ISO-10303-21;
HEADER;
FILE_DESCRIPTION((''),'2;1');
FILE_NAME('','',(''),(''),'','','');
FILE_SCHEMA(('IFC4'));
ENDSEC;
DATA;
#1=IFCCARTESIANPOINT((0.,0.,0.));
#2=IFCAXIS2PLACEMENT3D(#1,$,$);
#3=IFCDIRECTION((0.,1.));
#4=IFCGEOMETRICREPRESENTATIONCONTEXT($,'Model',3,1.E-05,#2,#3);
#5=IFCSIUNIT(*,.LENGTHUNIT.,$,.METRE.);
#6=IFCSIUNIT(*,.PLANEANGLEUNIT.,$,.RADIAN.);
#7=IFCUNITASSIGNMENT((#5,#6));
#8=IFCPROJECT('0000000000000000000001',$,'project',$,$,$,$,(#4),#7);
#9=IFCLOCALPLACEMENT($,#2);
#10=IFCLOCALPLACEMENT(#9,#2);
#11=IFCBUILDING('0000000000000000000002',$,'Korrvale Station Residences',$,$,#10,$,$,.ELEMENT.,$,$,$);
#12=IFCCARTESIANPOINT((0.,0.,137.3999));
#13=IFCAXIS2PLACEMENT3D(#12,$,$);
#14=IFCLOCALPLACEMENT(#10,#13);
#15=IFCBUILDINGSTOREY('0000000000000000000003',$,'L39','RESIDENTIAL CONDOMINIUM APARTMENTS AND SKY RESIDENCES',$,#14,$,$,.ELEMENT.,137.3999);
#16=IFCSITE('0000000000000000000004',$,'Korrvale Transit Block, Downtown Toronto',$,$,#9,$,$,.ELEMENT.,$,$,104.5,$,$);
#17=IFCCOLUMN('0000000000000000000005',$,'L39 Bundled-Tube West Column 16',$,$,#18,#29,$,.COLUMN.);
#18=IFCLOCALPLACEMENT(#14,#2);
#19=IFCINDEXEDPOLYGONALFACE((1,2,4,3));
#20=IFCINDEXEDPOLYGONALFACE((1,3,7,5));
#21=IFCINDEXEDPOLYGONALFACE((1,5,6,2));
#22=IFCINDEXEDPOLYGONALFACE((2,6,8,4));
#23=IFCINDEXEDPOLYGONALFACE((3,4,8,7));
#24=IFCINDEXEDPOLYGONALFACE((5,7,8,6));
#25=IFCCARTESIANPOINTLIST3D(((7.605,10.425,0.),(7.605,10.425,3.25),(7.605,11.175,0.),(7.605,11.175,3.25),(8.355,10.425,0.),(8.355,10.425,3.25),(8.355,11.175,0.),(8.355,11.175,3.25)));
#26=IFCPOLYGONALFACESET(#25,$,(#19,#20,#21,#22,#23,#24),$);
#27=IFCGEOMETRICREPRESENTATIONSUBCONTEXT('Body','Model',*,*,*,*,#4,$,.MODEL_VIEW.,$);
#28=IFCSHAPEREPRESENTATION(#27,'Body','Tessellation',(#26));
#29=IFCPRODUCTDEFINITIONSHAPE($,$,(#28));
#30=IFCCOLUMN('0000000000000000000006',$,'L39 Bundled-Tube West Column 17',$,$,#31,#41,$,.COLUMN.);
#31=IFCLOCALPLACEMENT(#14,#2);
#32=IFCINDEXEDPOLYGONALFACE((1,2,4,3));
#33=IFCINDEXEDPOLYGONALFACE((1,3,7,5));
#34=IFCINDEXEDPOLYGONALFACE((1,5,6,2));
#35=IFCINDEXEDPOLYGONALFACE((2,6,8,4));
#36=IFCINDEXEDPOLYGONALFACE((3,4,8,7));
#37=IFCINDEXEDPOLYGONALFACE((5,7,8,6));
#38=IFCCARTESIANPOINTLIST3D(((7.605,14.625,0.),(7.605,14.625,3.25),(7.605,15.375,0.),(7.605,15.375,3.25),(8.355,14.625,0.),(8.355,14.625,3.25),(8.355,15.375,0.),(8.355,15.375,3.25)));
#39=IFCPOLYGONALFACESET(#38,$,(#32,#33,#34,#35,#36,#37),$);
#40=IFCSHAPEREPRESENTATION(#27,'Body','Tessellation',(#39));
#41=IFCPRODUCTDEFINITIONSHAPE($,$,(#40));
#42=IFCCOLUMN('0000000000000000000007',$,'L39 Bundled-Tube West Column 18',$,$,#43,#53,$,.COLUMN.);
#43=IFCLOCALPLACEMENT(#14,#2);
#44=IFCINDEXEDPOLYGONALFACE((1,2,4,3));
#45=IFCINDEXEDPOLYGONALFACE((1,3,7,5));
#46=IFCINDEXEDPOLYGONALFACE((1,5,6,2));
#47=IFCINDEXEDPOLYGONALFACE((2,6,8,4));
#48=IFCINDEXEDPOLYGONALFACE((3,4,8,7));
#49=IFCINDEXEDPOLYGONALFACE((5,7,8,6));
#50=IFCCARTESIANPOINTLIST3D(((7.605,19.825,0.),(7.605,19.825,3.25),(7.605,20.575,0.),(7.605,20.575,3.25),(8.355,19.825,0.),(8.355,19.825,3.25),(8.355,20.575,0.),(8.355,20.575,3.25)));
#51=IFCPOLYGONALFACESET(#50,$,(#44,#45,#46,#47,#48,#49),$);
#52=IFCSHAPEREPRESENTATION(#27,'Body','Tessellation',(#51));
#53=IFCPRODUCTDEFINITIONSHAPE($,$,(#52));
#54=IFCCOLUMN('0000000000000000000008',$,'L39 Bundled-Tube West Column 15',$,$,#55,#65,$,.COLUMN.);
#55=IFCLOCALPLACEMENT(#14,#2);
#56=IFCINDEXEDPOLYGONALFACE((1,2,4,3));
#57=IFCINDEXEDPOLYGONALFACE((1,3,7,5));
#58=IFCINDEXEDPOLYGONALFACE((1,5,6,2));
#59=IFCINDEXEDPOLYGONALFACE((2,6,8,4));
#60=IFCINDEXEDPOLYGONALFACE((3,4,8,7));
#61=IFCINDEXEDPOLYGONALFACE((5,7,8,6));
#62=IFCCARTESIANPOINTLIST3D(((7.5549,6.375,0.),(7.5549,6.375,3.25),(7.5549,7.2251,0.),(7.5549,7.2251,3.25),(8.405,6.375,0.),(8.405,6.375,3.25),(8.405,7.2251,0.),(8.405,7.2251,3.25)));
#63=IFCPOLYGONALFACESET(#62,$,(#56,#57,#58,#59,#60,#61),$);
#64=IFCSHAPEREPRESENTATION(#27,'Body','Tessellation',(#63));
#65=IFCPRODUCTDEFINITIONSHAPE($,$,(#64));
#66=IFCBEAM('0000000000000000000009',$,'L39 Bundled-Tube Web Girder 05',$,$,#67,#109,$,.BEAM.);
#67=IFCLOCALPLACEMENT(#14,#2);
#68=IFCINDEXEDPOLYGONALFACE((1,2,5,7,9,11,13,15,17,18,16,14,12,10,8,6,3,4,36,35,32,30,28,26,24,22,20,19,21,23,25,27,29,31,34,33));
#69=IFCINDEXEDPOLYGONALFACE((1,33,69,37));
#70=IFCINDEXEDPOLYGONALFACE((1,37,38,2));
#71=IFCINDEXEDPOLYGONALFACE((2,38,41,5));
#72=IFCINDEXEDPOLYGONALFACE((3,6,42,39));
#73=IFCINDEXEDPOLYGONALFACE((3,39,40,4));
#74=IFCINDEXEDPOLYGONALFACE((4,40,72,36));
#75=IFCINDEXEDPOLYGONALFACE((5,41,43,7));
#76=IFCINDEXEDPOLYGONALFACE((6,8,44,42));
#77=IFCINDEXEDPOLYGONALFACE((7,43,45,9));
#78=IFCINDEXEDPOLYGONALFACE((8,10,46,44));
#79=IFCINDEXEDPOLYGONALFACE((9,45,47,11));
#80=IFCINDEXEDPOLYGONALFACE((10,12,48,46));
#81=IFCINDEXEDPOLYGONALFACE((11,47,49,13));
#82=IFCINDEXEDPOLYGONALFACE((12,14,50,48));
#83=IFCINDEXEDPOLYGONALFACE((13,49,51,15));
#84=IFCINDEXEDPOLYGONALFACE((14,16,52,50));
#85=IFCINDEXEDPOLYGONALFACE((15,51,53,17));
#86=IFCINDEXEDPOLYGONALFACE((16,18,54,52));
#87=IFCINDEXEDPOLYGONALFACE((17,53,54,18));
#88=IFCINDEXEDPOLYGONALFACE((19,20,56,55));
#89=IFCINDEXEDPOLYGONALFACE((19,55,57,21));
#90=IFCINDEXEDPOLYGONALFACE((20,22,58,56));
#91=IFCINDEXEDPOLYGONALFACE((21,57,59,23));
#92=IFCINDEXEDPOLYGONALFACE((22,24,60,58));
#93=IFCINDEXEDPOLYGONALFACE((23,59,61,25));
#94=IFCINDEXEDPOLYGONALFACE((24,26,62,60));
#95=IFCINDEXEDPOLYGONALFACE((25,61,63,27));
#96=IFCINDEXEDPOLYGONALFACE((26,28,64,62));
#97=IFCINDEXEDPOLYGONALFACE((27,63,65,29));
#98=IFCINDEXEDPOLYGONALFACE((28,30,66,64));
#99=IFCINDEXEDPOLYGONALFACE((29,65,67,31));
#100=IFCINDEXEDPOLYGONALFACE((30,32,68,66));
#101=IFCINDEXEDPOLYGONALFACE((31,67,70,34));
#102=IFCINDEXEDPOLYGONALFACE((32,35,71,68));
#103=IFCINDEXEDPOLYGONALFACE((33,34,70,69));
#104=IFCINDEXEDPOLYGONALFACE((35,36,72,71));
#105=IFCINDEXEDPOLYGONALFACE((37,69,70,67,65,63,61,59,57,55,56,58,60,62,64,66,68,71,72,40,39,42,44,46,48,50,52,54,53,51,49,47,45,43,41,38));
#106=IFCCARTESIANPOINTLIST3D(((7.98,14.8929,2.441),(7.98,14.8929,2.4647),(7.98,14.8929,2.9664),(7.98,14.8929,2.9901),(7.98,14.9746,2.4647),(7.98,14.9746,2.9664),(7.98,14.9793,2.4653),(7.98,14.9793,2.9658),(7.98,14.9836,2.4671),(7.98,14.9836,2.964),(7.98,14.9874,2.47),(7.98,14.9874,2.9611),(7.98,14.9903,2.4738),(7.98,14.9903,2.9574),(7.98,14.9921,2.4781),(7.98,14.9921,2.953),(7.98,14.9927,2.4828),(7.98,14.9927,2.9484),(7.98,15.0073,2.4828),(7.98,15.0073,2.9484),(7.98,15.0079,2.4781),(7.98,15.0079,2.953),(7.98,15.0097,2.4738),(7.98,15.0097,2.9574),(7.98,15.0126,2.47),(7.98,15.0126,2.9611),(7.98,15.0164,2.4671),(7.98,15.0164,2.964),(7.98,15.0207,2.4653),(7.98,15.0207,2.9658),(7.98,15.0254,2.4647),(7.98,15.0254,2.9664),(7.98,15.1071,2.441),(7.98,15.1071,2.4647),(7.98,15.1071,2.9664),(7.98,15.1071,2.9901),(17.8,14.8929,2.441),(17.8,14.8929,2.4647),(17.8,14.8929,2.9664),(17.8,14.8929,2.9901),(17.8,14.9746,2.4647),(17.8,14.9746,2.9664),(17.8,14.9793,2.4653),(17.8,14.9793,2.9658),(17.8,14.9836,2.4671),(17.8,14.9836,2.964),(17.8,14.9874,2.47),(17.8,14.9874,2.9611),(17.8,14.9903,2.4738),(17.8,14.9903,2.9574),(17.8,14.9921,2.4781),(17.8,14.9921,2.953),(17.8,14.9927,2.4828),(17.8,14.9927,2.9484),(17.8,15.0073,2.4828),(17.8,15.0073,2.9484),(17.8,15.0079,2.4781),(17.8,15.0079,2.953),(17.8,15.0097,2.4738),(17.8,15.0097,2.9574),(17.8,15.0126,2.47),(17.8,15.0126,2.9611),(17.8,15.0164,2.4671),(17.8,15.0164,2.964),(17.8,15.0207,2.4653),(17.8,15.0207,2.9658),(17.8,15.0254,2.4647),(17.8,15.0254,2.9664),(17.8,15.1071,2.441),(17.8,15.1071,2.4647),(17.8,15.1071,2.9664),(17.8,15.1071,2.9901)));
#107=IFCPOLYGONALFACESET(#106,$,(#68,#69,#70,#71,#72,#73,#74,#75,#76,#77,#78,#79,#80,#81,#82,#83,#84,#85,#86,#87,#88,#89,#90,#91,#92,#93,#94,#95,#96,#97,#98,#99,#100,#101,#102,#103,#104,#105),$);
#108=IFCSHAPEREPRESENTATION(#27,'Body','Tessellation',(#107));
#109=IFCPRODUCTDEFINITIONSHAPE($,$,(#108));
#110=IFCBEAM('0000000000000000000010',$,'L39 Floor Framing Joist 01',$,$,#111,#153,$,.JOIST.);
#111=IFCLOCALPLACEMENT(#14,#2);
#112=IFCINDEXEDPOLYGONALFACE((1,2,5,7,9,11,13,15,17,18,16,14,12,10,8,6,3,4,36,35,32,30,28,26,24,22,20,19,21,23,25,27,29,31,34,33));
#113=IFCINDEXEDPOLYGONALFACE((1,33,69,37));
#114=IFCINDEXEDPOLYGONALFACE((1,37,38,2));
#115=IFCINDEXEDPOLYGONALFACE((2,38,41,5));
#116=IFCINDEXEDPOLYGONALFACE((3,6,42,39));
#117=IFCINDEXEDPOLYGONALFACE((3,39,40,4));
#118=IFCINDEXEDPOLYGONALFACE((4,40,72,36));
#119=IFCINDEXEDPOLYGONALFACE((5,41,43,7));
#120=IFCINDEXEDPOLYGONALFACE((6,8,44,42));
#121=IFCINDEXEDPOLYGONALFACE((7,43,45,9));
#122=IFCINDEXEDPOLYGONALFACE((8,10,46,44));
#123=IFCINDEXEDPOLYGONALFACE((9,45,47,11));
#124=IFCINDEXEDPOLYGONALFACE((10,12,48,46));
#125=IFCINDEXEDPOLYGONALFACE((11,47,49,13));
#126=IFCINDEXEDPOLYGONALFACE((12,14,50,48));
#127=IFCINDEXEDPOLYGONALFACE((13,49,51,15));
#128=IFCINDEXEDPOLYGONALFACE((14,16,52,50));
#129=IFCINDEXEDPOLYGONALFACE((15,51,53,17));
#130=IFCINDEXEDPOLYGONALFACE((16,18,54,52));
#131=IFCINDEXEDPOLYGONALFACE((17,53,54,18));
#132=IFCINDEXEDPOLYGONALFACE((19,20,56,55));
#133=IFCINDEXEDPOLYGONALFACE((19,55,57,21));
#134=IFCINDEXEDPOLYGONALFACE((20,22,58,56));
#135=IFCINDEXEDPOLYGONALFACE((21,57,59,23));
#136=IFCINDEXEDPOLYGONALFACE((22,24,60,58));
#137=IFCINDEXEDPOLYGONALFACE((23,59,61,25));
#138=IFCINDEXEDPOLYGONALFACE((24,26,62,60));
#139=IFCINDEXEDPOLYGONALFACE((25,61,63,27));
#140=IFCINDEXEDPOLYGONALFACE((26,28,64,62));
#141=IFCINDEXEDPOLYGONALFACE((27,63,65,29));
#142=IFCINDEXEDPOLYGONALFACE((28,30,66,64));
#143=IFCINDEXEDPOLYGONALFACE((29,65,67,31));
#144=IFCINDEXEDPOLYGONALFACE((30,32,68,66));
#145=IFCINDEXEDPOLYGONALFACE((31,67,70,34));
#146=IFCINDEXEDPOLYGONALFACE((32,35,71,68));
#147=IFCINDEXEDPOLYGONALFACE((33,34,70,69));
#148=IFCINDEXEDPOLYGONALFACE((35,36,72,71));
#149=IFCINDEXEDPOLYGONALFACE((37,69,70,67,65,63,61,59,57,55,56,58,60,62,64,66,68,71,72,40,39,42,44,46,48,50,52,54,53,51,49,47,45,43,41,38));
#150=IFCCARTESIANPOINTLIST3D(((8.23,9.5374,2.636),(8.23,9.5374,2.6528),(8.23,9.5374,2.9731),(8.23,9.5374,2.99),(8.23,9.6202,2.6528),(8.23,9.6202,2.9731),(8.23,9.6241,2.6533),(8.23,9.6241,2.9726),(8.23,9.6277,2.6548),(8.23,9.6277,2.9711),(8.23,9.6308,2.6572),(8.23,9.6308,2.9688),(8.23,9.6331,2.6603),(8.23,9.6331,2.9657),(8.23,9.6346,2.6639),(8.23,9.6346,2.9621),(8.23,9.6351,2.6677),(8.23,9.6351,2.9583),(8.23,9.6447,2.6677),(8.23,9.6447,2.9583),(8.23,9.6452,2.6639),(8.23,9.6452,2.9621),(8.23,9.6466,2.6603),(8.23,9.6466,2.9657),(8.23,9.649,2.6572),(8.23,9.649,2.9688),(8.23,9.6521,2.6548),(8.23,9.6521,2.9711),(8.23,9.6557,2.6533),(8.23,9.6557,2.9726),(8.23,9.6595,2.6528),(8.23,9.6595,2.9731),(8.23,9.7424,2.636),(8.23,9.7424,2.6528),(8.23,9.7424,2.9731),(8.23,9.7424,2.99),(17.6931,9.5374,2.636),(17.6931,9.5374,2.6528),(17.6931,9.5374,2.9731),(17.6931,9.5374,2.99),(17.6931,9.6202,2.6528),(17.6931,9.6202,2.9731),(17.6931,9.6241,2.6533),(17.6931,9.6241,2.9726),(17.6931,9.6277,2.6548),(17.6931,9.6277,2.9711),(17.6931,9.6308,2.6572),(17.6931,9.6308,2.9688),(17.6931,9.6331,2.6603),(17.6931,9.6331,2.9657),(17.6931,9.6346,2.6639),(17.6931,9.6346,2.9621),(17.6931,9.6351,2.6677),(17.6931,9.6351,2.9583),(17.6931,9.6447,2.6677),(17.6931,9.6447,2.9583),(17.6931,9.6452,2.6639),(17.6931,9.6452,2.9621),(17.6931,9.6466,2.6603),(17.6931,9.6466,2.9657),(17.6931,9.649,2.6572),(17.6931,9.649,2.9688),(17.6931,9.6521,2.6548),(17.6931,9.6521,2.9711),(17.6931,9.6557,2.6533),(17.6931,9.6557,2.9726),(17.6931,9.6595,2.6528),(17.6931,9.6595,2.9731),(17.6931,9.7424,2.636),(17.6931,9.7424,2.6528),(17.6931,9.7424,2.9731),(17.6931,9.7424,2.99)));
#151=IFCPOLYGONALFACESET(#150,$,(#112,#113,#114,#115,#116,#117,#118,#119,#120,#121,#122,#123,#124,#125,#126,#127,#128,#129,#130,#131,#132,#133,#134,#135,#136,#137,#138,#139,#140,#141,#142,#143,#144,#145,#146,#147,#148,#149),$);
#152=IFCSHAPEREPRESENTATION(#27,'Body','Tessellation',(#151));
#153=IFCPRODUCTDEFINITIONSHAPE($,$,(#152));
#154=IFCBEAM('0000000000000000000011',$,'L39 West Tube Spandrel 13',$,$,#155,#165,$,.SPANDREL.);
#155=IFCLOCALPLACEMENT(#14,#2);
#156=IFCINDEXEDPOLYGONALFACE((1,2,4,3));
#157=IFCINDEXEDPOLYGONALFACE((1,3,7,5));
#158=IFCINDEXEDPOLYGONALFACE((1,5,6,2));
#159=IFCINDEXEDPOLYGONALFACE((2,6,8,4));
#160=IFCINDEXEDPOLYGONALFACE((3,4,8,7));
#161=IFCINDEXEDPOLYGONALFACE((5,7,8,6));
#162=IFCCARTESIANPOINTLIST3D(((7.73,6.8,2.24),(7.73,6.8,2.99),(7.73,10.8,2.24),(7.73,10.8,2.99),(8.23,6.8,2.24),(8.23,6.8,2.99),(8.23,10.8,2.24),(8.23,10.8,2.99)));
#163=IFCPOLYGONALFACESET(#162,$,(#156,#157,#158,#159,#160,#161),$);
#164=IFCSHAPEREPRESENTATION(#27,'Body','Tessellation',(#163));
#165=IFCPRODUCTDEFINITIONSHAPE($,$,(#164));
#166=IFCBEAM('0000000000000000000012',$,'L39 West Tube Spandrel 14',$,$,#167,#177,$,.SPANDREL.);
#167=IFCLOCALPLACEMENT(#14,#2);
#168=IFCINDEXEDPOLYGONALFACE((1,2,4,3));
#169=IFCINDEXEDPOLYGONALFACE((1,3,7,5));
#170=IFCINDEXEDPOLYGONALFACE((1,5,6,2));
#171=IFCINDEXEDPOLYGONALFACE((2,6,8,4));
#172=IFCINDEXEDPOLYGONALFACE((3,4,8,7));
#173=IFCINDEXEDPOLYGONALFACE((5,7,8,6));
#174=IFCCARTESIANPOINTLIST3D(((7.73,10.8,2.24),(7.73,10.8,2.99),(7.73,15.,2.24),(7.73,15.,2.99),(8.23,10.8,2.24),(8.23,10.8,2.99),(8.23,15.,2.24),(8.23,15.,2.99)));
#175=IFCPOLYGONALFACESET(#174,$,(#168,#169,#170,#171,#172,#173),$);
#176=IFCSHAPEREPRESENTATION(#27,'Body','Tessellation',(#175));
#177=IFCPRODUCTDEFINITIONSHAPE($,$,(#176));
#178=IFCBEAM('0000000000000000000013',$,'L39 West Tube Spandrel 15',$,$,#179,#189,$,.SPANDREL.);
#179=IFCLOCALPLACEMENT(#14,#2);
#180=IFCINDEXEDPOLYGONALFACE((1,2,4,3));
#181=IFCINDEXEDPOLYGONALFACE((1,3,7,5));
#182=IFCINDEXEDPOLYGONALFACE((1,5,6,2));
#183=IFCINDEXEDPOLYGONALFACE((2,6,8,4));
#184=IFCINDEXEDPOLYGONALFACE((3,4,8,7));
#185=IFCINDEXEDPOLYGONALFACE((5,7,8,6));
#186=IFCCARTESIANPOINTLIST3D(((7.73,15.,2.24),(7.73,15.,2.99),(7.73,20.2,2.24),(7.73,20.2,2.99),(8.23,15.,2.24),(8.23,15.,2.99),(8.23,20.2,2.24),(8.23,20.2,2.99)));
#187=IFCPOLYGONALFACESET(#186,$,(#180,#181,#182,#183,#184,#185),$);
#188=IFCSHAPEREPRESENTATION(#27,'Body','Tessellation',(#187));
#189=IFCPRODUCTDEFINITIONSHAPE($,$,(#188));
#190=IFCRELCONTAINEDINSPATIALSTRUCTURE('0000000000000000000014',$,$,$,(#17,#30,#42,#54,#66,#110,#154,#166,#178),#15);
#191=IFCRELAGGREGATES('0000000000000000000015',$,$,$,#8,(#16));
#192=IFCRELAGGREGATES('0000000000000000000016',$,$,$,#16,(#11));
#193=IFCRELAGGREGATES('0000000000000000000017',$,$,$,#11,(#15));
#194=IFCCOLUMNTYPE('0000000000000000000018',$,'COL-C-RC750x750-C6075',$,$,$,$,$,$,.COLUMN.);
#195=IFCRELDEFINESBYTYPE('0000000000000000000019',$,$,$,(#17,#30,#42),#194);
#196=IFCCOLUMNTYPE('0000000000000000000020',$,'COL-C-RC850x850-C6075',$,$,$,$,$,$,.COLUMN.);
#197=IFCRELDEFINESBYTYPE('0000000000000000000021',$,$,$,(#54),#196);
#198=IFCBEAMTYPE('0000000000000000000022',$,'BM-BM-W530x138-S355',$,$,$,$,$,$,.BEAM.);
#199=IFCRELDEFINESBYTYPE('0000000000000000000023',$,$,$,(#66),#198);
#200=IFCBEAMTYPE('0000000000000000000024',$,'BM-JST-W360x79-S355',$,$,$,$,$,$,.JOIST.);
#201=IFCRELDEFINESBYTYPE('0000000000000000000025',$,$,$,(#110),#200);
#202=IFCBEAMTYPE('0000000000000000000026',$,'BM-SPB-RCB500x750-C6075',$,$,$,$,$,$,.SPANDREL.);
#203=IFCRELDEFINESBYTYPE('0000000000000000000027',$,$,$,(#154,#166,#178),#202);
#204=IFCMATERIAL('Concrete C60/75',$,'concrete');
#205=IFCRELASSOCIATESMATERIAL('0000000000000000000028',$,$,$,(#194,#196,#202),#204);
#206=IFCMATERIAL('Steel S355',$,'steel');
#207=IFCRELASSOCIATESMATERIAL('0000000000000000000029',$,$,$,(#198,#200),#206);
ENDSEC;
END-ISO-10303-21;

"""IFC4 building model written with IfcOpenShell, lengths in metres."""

from ifc_helpers import new_model, si_unit, direction, frame, origin, origin_2d, place, context, subcontext, project, spatial, rectangle, i_section, extrude, material, material_profile, profile_set, type_object, element, save


model = new_model("IFC4")

# Units and contexts
model_context = context("Model", 3, precision=1e-05, world=origin(), true_north=direction((0.0, 1.0)))
body_context = subcontext(model_context, "Body", "Model", "MODEL_VIEW")
ifc_project = project(units=[si_unit("LENGTHUNIT", "METRE"), si_unit("PLANEANGLEUNIT", "RADIAN")], contexts=[model_context])

# Site, building, storey
site_placement = place(None, origin())
site = spatial("IfcSite", under=ifc_project, at=site_placement, Name="Korrvale Transit Block, Downtown Toronto", CompositionType="ELEMENT", RefElevation=104.5)
building_placement = place(site_placement, origin())
building = spatial("IfcBuilding", under=site, at=building_placement, Name="Korrvale Station Residences", CompositionType="ELEMENT")
storey_placement = place(building_placement, frame((0.0, 0.0, 137.3999)))
storey = spatial("IfcBuildingStorey", under=building, at=storey_placement, Name="L39", Description="RESIDENTIAL CONDOMINIUM APARTMENTS AND SKY RESIDENCES", CompositionType="ELEMENT", Elevation=137.3999)

# Columns
ifc_material_1 = material(Name="Concrete C60/75", Category="concrete")
ifc_material_profile_1 = material_profile(ifc_material_1, rectangle(XDim=0.75, YDim=0.75, at=origin_2d()), Name="RC750x750")
ifc_profile_set_1 = profile_set([ifc_material_profile_1], Name="Concrete C60/75")
column_type_1 = type_object("IfcColumnType", Name="COL-C-RC750x750-C6075", PredefinedType="COLUMN", material=ifc_profile_set_1)
for number, where, z_axis, x_axis, name in (
    (1, (7.98, 10.8, 0.0), (0.0, 0.0, 1.0), (1.0, 0.0, 0.0), "L39 Bundled-Tube West Column 16"),
    (2, (7.98, 15.0, 0.0), (0.0, 0.0, 1.0), (1.0, 0.0, 0.0), "L39 Bundled-Tube West Column 17"),
    (3, (7.98, 20.2, 0.0), (0.0, 0.0, 1.0), (1.0, 0.0, 0.0), "L39 Bundled-Tube West Column 18"),
):
    element("IfcColumn", number, at=place(storey_placement, frame(where, z_axis=z_axis, x_axis=x_axis)), inside=storey, type_object=column_type_1, Name=name, PredefinedType="COLUMN", context=body_context, shape_type="SweptSolid", body=[
        extrude(rectangle(XDim=0.75, YDim=0.75, at=origin_2d()), origin(), (0.0, 0.0, 1.0), 3.25),
    ])
ifc_material_profile_2 = material_profile(ifc_material_1, rectangle(XDim=0.8501, YDim=0.8501, at=origin_2d()), Name="RC850x850")
ifc_profile_set_2 = profile_set([ifc_material_profile_2], Name="Concrete C60/75")
column_type_2 = type_object("IfcColumnType", Name="COL-C-RC850x850-C6075", PredefinedType="COLUMN", material=ifc_profile_set_2)
column_placement = place(storey_placement, frame((7.98, 6.8, 0.0), z_axis=(0.0, 0.0, 1.0), x_axis=(1.0, 0.0, 0.0)))
element("IfcColumn", 4, at=column_placement, inside=storey, type_object=column_type_2, Name="L39 Bundled-Tube West Column 15", PredefinedType="COLUMN", context=body_context, shape_type="SweptSolid", body=[
    extrude(rectangle(XDim=0.8501, YDim=0.8501, at=origin_2d()), origin(), (0.0, 0.0, 1.0), 3.25),
])

# Beams
ifc_material_2 = material(Name="Steel S355", Category="steel")
ifc_material_profile_3 = material_profile(ifc_material_2, i_section(OverallWidth=0.2141, OverallDepth=0.5491, WebThickness=0.0146, FlangeThickness=0.0237, FilletRadius=0.0181, at=origin_2d()), Name="W530x138")
ifc_profile_set_3 = profile_set([ifc_material_profile_3], Name="Steel S355")
beam_type_1 = type_object("IfcBeamType", Name="BM-BM-W530x138-S355", PredefinedType="BEAM", material=ifc_profile_set_3)
beam_1_placement = place(storey_placement, frame((7.98, 15.0, 2.7156), z_axis=(1.0, 0.0, 0.0), x_axis=(0.0, 1.0, 0.0)))
element("IfcBeam", 5, at=beam_1_placement, inside=storey, type_object=beam_type_1, Name="L39 Bundled-Tube Web Girder 05", PredefinedType="BEAM", context=body_context, shape_type="SweptSolid", body=[
    extrude(i_section(OverallWidth=0.2141, OverallDepth=0.5491, WebThickness=0.0146, FlangeThickness=0.0237, FilletRadius=0.0181, at=origin_2d()), origin(), (0.0, 0.0, 1.0), 9.8201),
])
ifc_material_profile_4 = material_profile(ifc_material_2, i_section(OverallWidth=0.2051, OverallDepth=0.354, WebThickness=0.0095, FlangeThickness=0.0168, FilletRadius=0.0149, at=origin_2d()), Name="W360x79")
ifc_profile_set_4 = profile_set([ifc_material_profile_4], Name="Steel S355")
beam_type_2 = type_object("IfcBeamType", Name="BM-JST-W360x79-S355", PredefinedType="JOIST", material=ifc_profile_set_4)
beam_2_placement = place(storey_placement, frame((8.23, 9.6399, 2.813), z_axis=(1.0, 0.0, 0.0), x_axis=(0.0, 1.0, 0.0)))
element("IfcBeam", 6, at=beam_2_placement, inside=storey, type_object=beam_type_2, Name="L39 Floor Framing Joist 01", PredefinedType="JOIST", context=body_context, shape_type="SweptSolid", body=[
    extrude(i_section(OverallWidth=0.2051, OverallDepth=0.354, WebThickness=0.0095, FlangeThickness=0.0168, FilletRadius=0.0149, at=origin_2d()), origin(), (0.0, 0.0, 1.0), 9.4631),
])
ifc_material_profile_5 = material_profile(ifc_material_1, rectangle(XDim=0.5, YDim=0.75, at=origin_2d()), Name="RCB500x750")
ifc_profile_set_5 = profile_set([ifc_material_profile_5], Name="Concrete C60/75")
beam_type_3 = type_object("IfcBeamType", Name="BM-SPB-RCB500x750-C6075", PredefinedType="SPANDREL", material=ifc_profile_set_5)
beam_3_placement = place(storey_placement, frame((7.98, 6.8, 2.615), z_axis=(0.0, 1.0, 0.0), x_axis=(-1.0, 0.0, 0.0)))
element("IfcBeam", 7, at=beam_3_placement, inside=storey, type_object=beam_type_3, Name="L39 West Tube Spandrel 13", PredefinedType="SPANDREL", context=body_context, shape_type="SweptSolid", body=[
    extrude(rectangle(XDim=0.5, YDim=0.75, at=origin_2d()), origin(), (0.0, 0.0, 1.0), 4.0),
])
beam_4_placement = place(storey_placement, frame((7.98, 10.8, 2.615), z_axis=(0.0, 1.0, 0.0), x_axis=(-1.0, 0.0, 0.0)))
element("IfcBeam", 8, at=beam_4_placement, inside=storey, type_object=beam_type_3, Name="L39 West Tube Spandrel 14", PredefinedType="SPANDREL", context=body_context, shape_type="SweptSolid", body=[
    extrude(rectangle(XDim=0.5, YDim=0.75, at=origin_2d()), origin(), (0.0, 0.0, 1.0), 4.2),
])
beam_5_placement = place(storey_placement, frame((7.98, 15.0, 2.615), z_axis=(0.0, 1.0, 0.0), x_axis=(-1.0, 0.0, 0.0)))
element("IfcBeam", 9, at=beam_5_placement, inside=storey, type_object=beam_type_3, Name="L39 West Tube Spandrel 15", PredefinedType="SPANDREL", context=body_context, shape_type="SweptSolid", body=[
    extrude(rectangle(XDim=0.5, YDim=0.75, at=origin_2d()), origin(), (0.0, 0.0, 1.0), 5.2),
])

save(model, "model.ifc")
